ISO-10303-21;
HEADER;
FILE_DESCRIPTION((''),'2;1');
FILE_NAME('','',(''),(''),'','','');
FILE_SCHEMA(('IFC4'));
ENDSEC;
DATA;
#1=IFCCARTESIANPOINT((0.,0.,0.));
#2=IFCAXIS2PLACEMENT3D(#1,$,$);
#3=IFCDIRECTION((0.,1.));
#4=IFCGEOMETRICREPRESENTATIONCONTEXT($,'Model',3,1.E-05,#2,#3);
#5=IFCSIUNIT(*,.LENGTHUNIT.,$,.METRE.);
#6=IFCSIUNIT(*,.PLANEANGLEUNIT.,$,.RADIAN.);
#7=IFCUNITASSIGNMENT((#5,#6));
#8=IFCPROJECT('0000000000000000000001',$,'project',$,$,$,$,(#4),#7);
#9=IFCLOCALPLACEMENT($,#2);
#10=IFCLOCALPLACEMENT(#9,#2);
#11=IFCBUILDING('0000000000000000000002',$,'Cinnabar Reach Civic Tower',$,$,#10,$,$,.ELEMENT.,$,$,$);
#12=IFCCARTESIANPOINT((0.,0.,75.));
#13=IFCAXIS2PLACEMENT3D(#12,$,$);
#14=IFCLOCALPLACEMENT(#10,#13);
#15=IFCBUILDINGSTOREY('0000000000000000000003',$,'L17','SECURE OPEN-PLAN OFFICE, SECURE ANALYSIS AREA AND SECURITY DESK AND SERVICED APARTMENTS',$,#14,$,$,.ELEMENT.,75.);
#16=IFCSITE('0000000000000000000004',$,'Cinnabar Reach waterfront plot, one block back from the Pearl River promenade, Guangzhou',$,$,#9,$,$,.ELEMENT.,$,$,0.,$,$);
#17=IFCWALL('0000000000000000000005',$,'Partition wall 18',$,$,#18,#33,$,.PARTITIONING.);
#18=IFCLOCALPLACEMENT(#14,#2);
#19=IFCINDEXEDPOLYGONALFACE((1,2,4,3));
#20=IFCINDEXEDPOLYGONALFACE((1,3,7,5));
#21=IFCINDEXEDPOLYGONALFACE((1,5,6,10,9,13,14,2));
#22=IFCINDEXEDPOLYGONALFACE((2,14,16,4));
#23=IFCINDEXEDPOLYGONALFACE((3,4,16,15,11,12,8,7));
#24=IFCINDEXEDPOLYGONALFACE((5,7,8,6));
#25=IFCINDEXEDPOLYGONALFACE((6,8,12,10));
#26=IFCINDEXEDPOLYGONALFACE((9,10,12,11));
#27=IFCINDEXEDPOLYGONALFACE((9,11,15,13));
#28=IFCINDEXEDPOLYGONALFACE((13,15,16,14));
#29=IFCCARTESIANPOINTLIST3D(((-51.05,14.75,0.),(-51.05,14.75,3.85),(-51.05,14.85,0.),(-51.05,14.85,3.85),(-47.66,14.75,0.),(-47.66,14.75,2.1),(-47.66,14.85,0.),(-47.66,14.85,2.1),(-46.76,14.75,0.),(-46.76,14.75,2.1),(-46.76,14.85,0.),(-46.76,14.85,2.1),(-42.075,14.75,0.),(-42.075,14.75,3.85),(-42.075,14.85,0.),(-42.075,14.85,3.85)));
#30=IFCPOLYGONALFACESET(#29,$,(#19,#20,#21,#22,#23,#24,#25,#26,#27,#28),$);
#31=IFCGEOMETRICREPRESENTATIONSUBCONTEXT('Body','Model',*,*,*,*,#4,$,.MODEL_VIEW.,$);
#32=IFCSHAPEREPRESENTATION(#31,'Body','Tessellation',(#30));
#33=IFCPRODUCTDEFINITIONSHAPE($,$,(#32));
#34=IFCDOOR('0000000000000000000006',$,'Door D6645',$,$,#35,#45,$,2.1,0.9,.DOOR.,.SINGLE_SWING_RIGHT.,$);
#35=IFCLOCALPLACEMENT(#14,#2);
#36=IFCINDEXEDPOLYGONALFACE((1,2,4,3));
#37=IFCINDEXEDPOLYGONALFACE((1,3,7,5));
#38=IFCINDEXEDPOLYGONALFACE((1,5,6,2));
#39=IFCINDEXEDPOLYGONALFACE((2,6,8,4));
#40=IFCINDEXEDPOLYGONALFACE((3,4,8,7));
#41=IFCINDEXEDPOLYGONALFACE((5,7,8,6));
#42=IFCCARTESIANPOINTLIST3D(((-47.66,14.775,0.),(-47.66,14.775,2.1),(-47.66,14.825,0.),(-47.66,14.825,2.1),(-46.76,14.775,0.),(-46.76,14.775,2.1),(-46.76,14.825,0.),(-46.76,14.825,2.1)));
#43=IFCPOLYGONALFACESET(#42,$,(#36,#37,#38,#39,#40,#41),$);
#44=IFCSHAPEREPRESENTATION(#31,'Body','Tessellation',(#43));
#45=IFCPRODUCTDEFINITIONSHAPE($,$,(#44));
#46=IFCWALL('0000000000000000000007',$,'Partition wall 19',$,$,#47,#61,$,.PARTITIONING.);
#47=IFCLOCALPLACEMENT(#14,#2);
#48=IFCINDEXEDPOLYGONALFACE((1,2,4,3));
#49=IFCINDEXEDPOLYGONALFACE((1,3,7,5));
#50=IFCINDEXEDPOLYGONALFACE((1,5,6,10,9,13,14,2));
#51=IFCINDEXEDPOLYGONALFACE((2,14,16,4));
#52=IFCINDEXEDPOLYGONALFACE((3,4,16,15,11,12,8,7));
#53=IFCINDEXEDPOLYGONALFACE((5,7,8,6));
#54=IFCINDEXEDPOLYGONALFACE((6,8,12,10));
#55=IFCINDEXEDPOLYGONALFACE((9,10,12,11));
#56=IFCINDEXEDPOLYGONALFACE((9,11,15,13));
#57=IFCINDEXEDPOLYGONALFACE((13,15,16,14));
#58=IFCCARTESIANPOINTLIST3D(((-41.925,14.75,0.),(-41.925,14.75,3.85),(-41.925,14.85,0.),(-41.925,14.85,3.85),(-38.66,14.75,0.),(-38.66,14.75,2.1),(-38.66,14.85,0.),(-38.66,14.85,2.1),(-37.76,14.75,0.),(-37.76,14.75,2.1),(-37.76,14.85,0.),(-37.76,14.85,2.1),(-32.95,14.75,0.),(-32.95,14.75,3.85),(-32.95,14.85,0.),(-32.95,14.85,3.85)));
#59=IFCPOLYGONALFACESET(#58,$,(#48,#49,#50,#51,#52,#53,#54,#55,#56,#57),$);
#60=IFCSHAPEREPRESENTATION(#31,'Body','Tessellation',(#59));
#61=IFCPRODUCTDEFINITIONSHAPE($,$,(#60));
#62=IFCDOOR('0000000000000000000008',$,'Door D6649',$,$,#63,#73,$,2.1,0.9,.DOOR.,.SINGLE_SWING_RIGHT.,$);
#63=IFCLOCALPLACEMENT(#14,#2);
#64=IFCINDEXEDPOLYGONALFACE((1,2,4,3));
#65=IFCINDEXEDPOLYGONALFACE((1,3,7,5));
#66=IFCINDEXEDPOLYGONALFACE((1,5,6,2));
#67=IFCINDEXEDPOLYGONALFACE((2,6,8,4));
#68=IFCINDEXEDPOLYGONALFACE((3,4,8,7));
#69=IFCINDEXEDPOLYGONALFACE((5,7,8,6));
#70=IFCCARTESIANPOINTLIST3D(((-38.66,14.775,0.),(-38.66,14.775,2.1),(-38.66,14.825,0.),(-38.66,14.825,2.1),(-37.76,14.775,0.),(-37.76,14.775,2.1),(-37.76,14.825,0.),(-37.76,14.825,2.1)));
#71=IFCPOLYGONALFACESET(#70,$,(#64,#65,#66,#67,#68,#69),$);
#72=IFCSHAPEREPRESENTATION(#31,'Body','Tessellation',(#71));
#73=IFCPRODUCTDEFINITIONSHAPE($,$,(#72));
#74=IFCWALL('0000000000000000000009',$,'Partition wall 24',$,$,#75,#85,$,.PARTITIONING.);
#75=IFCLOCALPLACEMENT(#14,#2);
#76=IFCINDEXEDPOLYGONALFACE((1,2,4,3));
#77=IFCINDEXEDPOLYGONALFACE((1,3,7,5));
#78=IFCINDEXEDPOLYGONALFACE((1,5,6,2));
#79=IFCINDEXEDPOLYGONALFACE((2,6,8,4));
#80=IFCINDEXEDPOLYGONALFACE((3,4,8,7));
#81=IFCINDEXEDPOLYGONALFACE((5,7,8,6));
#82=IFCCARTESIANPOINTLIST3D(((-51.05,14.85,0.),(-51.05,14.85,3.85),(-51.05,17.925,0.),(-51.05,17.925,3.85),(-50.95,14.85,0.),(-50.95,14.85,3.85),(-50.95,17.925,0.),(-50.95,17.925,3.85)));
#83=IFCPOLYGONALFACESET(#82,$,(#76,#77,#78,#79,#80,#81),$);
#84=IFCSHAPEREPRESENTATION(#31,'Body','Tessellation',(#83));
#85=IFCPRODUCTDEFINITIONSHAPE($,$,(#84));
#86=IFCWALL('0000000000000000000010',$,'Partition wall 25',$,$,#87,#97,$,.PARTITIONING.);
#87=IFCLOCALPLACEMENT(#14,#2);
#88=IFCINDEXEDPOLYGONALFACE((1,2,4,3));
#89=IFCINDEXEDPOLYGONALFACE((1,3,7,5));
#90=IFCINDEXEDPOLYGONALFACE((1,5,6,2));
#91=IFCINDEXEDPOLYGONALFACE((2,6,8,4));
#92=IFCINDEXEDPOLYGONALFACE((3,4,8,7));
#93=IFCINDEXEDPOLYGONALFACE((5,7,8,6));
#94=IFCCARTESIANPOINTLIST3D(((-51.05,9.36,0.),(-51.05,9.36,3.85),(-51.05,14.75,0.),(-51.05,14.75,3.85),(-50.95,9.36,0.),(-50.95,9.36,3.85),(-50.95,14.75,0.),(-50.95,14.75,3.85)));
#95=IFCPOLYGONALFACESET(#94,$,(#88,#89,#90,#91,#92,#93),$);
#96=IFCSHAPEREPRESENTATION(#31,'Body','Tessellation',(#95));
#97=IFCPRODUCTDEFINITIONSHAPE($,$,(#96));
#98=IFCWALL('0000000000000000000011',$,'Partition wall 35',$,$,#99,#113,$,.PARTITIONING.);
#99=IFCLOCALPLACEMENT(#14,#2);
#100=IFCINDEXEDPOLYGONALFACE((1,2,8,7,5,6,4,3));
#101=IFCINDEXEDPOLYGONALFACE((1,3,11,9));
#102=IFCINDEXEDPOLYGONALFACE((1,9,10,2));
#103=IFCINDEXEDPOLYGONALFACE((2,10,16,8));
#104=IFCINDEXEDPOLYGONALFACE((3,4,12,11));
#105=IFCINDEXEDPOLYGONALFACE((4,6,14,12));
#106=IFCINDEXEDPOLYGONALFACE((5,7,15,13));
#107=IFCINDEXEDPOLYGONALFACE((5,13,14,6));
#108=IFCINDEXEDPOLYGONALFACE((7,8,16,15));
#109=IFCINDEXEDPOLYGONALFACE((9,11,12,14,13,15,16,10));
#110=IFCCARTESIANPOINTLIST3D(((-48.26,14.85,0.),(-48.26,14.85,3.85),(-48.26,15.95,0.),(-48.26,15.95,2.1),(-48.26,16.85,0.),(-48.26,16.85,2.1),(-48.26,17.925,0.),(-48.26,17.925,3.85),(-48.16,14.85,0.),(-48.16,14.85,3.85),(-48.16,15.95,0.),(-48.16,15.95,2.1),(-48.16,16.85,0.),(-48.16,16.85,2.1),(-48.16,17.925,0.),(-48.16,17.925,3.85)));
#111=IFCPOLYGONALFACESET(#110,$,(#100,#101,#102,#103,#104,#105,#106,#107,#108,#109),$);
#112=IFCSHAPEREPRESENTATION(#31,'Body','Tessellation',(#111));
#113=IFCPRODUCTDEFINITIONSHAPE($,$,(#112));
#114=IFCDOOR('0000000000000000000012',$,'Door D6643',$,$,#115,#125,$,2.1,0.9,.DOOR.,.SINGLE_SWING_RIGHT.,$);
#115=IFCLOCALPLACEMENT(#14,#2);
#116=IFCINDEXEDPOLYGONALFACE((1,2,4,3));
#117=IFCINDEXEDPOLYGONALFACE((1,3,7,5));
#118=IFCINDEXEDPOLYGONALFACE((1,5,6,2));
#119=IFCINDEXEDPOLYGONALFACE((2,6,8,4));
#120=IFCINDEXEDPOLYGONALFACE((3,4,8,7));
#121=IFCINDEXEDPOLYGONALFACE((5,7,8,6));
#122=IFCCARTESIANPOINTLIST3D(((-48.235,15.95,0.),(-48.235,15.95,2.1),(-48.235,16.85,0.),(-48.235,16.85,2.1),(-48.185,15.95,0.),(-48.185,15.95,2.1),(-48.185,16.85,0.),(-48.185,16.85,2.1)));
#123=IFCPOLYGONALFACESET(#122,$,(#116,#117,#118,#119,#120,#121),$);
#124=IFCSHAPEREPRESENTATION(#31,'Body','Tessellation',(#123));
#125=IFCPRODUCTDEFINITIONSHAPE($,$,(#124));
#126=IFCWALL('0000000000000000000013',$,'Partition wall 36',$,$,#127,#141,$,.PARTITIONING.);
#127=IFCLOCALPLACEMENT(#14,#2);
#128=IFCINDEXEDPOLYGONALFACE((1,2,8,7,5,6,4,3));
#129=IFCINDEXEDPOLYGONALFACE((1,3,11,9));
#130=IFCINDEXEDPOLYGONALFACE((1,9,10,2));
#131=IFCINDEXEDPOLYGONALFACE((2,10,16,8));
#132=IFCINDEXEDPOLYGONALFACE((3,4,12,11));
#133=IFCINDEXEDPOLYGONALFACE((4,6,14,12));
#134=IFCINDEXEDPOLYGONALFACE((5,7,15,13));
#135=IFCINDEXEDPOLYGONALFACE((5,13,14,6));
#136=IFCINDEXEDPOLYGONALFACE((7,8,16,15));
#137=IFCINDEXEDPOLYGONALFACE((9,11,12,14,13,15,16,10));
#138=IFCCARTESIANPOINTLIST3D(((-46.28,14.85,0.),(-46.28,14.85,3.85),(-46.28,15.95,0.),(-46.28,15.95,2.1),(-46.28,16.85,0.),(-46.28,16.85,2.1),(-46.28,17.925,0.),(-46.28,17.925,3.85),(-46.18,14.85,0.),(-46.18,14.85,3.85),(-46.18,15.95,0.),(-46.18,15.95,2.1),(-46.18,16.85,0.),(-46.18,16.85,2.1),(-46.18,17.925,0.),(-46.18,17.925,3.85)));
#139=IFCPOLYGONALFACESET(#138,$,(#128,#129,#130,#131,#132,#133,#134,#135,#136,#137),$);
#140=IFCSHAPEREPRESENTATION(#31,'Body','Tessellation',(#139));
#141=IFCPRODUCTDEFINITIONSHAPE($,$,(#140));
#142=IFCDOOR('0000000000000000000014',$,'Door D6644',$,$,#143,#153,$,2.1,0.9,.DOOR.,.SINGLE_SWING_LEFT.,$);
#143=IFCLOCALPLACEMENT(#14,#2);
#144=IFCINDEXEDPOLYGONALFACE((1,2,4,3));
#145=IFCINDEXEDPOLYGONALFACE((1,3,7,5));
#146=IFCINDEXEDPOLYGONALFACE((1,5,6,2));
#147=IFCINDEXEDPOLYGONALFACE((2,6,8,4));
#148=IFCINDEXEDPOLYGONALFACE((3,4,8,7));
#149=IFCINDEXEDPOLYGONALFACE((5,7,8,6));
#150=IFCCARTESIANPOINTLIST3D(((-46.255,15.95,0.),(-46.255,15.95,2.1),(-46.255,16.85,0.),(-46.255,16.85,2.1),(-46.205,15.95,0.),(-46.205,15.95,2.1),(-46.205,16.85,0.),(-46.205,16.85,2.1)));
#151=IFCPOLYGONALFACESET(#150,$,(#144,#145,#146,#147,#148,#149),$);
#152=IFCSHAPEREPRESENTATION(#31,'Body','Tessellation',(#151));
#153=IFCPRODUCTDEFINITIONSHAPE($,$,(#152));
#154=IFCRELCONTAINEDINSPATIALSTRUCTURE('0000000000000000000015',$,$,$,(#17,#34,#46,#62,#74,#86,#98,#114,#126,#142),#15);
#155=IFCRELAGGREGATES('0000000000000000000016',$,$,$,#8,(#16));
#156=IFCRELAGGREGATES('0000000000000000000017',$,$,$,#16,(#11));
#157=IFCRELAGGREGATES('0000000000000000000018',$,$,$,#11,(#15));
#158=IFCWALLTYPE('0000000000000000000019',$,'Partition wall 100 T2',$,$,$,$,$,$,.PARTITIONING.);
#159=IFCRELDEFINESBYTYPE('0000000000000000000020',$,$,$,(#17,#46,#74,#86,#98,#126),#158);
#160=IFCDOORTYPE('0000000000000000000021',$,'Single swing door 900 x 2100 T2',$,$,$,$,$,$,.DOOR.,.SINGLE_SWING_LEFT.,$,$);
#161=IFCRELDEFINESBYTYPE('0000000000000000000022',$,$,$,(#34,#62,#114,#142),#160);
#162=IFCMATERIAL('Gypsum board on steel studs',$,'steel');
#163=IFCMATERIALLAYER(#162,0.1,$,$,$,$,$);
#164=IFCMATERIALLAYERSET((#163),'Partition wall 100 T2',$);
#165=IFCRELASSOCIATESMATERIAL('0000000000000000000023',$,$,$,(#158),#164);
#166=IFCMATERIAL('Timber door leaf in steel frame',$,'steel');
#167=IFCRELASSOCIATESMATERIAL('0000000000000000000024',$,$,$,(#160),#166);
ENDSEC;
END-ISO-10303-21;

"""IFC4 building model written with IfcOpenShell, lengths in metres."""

from ifc_helpers import new_model, si_unit, direction, frame, frame_2d, origin, place, context, subcontext, project, spatial, rectangle, extrude, material, layer, layer_set, type_object, element, fill, save


model = new_model("IFC4")

# Units and contexts
model_context = context("Model", 3, precision=1e-05, world=origin(), true_north=direction((0.0, 1.0)))
body_context = subcontext(model_context, "Body", "Model", "MODEL_VIEW")
ifc_project = project(units=[si_unit("LENGTHUNIT", "METRE"), si_unit("PLANEANGLEUNIT", "RADIAN")], contexts=[model_context])

# Site, building, storey
site_placement = place(None, origin())
site = spatial("IfcSite", under=ifc_project, at=site_placement, Name="Cinnabar Reach waterfront plot, one block back from the Pearl River promenade, Guangzhou", CompositionType="ELEMENT", RefElevation=0.0)
building_placement = place(site_placement, origin())
building = spatial("IfcBuilding", under=site, at=building_placement, Name="Cinnabar Reach Civic Tower", CompositionType="ELEMENT")
storey_placement = place(building_placement, frame((0.0, 0.0, 75.0)))
storey = spatial("IfcBuildingStorey", under=building, at=storey_placement, Name="L17", Description="SECURE OPEN-PLAN OFFICE, SECURE ANALYSIS AREA AND SECURITY DESK AND SERVICED APARTMENTS", CompositionType="ELEMENT", Elevation=75.0)

# Walls, openings, doors
ifc_material_1 = material(Name="Gypsum board on steel studs", Category="steel")
ifc_layer_1 = layer(ifc_material_1, 0.1)
ifc_layer_set_1 = layer_set([ifc_layer_1], Name="Partition wall 100 T2")
wall_type_1 = type_object("IfcWallType", Name="Partition wall 100 T2", PredefinedType="PARTITIONING", material=ifc_layer_set_1)
wall_1_placement = place(storey_placement, frame((-51.05, 14.8, 0.0), z_axis=(0.0, 0.0, 1.0), x_axis=(1.0, 0.0, 0.0)))
wall_1 = element("IfcWall", 1, at=wall_1_placement, inside=storey, type_object=wall_type_1, Name="Partition wall 18", PredefinedType="PARTITIONING", context=body_context, shape_type="SweptSolid", body=[
    extrude(rectangle(XDim=8.975, YDim=0.1, at=frame_2d((4.4875, 0.0))), origin(), (0.0, 0.0, 1.0), 3.85),
])
opening_1_placement = place(wall_1_placement, frame((3.39, 0.0, 0.0)))
opening_1 = element("IfcOpeningElement", 2, at=opening_1_placement, cuts=wall_1, PredefinedType="OPENING", context=body_context, shape_type="SweptSolid", body=[
    extrude(rectangle(XDim=0.9, YDim=2.1, at=frame_2d((0.45, 1.05))), frame((0.0, 0.06, 0.0), z_axis=(0.0, -1.0, 0.0), x_axis=(1.0, 0.0, 0.0)), (0.0, 0.0, 1.0), 0.12),
])
ifc_material_2 = material(Name="Timber door leaf in steel frame", Category="steel")
door_type = type_object("IfcDoorType", Name="Single swing door 900 x 2100 T2", OperationType="SINGLE_SWING_LEFT", PredefinedType="DOOR", material=ifc_material_2)
door_1_placement = place(opening_1_placement, origin())
door_1 = element("IfcDoor", 3, at=door_1_placement, inside=storey, type_object=door_type, Name="Door D6645", OperationType="SINGLE_SWING_RIGHT", OverallHeight=2.1, OverallWidth=0.9, PredefinedType="DOOR", context=body_context, shape_type="SweptSolid", body=[
    extrude(rectangle(XDim=0.9, YDim=2.1, at=frame_2d((0.45, 1.05))), frame((0.0, 0.025, 0.0), z_axis=(0.0, -1.0, 0.0), x_axis=(1.0, 0.0, 0.0)), (0.0, 0.0, 1.0), 0.05),
])
fill(opening_1, door_1)
wall_2_placement = place(storey_placement, frame((-41.925, 14.8, 0.0), z_axis=(0.0, 0.0, 1.0), x_axis=(1.0, 0.0, 0.0)))
wall_2 = element("IfcWall", 4, at=wall_2_placement, inside=storey, type_object=wall_type_1, Name="Partition wall 19", PredefinedType="PARTITIONING", context=body_context, shape_type="SweptSolid", body=[
    extrude(rectangle(XDim=8.975, YDim=0.1, at=frame_2d((4.4875, 0.0))), origin(), (0.0, 0.0, 1.0), 3.85),
])
opening_2_placement = place(wall_2_placement, frame((3.265, 0.0, 0.0)))
opening_2 = element("IfcOpeningElement", 5, at=opening_2_placement, cuts=wall_2, PredefinedType="OPENING", context=body_context, shape_type="SweptSolid", body=[
    extrude(rectangle(XDim=0.9, YDim=2.1, at=frame_2d((0.45, 1.05))), frame((0.0, 0.06, 0.0), z_axis=(0.0, -1.0, 0.0), x_axis=(1.0, 0.0, 0.0)), (0.0, 0.0, 1.0), 0.12),
])
door_2_placement = place(opening_2_placement, origin())
door_2 = element("IfcDoor", 6, at=door_2_placement, inside=storey, type_object=door_type, Name="Door D6649", OperationType="SINGLE_SWING_RIGHT", OverallHeight=2.1, OverallWidth=0.9, PredefinedType="DOOR", context=body_context, shape_type="SweptSolid", body=[
    extrude(rectangle(XDim=0.9, YDim=2.1, at=frame_2d((0.45, 1.05))), frame((0.0, 0.025, 0.0), z_axis=(0.0, -1.0, 0.0), x_axis=(1.0, 0.0, 0.0)), (0.0, 0.0, 1.0), 0.05),
])
fill(opening_2, door_2)

# Walls
wall_3_placement = place(storey_placement, frame((-51.0, 14.85, 0.0), z_axis=(0.0, 0.0, 1.0), x_axis=(0.0, 1.0, 0.0)))
element("IfcWall", 7, at=wall_3_placement, inside=storey, type_object=wall_type_1, Name="Partition wall 24", PredefinedType="PARTITIONING", context=body_context, shape_type="SweptSolid", body=[
    extrude(rectangle(XDim=3.075, YDim=0.1, at=frame_2d((1.5375, 0.0))), origin(), (0.0, 0.0, 1.0), 3.85),
])
wall_4_placement = place(storey_placement, frame((-51.0, 9.36, 0.0), z_axis=(0.0, 0.0, 1.0), x_axis=(0.0, 1.0, 0.0)))
element("IfcWall", 8, at=wall_4_placement, inside=storey, type_object=wall_type_1, Name="Partition wall 25", PredefinedType="PARTITIONING", context=body_context, shape_type="SweptSolid", body=[
    extrude(rectangle(XDim=5.39, YDim=0.1, at=frame_2d((2.695, 0.0))), origin(), (0.0, 0.0, 1.0), 3.85),
])

# Walls, openings, doors
wall_5_placement = place(storey_placement, frame((-48.21, 14.85, 0.0), z_axis=(0.0, 0.0, 1.0), x_axis=(0.0, 1.0, 0.0)))
wall_5 = element("IfcWall", 9, at=wall_5_placement, inside=storey, type_object=wall_type_1, Name="Partition wall 35", PredefinedType="PARTITIONING", context=body_context, shape_type="SweptSolid", body=[
    extrude(rectangle(XDim=3.075, YDim=0.1, at=frame_2d((1.5375, 0.0))), origin(), (0.0, 0.0, 1.0), 3.85),
])
opening_3_placement = place(wall_5_placement, frame((1.1, 0.0, 0.0)))
opening_3 = element("IfcOpeningElement", 10, at=opening_3_placement, cuts=wall_5, PredefinedType="OPENING", context=body_context, shape_type="SweptSolid", body=[
    extrude(rectangle(XDim=0.9, YDim=2.1, at=frame_2d((0.45, 1.05))), frame((0.0, 0.06, 0.0), z_axis=(0.0, -1.0, 0.0), x_axis=(1.0, 0.0, 0.0)), (0.0, 0.0, 1.0), 0.12),
])
door_3_placement = place(opening_3_placement, origin())
door_3 = element("IfcDoor", 11, at=door_3_placement, inside=storey, type_object=door_type, Name="Door D6643", OperationType="SINGLE_SWING_RIGHT", OverallHeight=2.1, OverallWidth=0.9, PredefinedType="DOOR", context=body_context, shape_type="SweptSolid", body=[
    extrude(rectangle(XDim=0.9, YDim=2.1, at=frame_2d((0.45, 1.05))), frame((0.0, 0.025, 0.0), z_axis=(0.0, -1.0, 0.0), x_axis=(1.0, 0.0, 0.0)), (0.0, 0.0, 1.0), 0.05),
])
fill(opening_3, door_3)
wall_6_placement = place(storey_placement, frame((-46.23, 14.85, 0.0), z_axis=(0.0, 0.0, 1.0), x_axis=(0.0, 1.0, 0.0)))
wall_6 = element("IfcWall", 12, at=wall_6_placement, inside=storey, type_object=wall_type_1, Name="Partition wall 36", PredefinedType="PARTITIONING", context=body_context, shape_type="SweptSolid", body=[
    extrude(rectangle(XDim=3.075, YDim=0.1, at=frame_2d((1.5375, 0.0))), origin(), (0.0, 0.0, 1.0), 3.85),
])
opening_4_placement = place(wall_6_placement, frame((1.1, 0.0, 0.0)))
opening_4 = element("IfcOpeningElement", 13, at=opening_4_placement, cuts=wall_6, PredefinedType="OPENING", context=body_context, shape_type="SweptSolid", body=[
    extrude(rectangle(XDim=0.9, YDim=2.1, at=frame_2d((0.45, 1.05))), frame((0.0, 0.06, 0.0), z_axis=(0.0, -1.0, 0.0), x_axis=(1.0, 0.0, 0.0)), (0.0, 0.0, 1.0), 0.12),
])
door_4_placement = place(opening_4_placement, origin())
door_4 = element("IfcDoor", 14, at=door_4_placement, inside=storey, type_object=door_type, Name="Door D6644", OperationType="SINGLE_SWING_LEFT", OverallHeight=2.1, OverallWidth=0.9, PredefinedType="DOOR", context=body_context, shape_type="SweptSolid", body=[
    extrude(rectangle(XDim=0.9, YDim=2.1, at=frame_2d((0.45, 1.05))), frame((0.0, 0.025, 0.0), z_axis=(0.0, -1.0, 0.0), x_axis=(1.0, 0.0, 0.0)), (0.0, 0.0, 1.0), 0.05),
])
fill(opening_4, door_4)

save(model, "model.ifc")
